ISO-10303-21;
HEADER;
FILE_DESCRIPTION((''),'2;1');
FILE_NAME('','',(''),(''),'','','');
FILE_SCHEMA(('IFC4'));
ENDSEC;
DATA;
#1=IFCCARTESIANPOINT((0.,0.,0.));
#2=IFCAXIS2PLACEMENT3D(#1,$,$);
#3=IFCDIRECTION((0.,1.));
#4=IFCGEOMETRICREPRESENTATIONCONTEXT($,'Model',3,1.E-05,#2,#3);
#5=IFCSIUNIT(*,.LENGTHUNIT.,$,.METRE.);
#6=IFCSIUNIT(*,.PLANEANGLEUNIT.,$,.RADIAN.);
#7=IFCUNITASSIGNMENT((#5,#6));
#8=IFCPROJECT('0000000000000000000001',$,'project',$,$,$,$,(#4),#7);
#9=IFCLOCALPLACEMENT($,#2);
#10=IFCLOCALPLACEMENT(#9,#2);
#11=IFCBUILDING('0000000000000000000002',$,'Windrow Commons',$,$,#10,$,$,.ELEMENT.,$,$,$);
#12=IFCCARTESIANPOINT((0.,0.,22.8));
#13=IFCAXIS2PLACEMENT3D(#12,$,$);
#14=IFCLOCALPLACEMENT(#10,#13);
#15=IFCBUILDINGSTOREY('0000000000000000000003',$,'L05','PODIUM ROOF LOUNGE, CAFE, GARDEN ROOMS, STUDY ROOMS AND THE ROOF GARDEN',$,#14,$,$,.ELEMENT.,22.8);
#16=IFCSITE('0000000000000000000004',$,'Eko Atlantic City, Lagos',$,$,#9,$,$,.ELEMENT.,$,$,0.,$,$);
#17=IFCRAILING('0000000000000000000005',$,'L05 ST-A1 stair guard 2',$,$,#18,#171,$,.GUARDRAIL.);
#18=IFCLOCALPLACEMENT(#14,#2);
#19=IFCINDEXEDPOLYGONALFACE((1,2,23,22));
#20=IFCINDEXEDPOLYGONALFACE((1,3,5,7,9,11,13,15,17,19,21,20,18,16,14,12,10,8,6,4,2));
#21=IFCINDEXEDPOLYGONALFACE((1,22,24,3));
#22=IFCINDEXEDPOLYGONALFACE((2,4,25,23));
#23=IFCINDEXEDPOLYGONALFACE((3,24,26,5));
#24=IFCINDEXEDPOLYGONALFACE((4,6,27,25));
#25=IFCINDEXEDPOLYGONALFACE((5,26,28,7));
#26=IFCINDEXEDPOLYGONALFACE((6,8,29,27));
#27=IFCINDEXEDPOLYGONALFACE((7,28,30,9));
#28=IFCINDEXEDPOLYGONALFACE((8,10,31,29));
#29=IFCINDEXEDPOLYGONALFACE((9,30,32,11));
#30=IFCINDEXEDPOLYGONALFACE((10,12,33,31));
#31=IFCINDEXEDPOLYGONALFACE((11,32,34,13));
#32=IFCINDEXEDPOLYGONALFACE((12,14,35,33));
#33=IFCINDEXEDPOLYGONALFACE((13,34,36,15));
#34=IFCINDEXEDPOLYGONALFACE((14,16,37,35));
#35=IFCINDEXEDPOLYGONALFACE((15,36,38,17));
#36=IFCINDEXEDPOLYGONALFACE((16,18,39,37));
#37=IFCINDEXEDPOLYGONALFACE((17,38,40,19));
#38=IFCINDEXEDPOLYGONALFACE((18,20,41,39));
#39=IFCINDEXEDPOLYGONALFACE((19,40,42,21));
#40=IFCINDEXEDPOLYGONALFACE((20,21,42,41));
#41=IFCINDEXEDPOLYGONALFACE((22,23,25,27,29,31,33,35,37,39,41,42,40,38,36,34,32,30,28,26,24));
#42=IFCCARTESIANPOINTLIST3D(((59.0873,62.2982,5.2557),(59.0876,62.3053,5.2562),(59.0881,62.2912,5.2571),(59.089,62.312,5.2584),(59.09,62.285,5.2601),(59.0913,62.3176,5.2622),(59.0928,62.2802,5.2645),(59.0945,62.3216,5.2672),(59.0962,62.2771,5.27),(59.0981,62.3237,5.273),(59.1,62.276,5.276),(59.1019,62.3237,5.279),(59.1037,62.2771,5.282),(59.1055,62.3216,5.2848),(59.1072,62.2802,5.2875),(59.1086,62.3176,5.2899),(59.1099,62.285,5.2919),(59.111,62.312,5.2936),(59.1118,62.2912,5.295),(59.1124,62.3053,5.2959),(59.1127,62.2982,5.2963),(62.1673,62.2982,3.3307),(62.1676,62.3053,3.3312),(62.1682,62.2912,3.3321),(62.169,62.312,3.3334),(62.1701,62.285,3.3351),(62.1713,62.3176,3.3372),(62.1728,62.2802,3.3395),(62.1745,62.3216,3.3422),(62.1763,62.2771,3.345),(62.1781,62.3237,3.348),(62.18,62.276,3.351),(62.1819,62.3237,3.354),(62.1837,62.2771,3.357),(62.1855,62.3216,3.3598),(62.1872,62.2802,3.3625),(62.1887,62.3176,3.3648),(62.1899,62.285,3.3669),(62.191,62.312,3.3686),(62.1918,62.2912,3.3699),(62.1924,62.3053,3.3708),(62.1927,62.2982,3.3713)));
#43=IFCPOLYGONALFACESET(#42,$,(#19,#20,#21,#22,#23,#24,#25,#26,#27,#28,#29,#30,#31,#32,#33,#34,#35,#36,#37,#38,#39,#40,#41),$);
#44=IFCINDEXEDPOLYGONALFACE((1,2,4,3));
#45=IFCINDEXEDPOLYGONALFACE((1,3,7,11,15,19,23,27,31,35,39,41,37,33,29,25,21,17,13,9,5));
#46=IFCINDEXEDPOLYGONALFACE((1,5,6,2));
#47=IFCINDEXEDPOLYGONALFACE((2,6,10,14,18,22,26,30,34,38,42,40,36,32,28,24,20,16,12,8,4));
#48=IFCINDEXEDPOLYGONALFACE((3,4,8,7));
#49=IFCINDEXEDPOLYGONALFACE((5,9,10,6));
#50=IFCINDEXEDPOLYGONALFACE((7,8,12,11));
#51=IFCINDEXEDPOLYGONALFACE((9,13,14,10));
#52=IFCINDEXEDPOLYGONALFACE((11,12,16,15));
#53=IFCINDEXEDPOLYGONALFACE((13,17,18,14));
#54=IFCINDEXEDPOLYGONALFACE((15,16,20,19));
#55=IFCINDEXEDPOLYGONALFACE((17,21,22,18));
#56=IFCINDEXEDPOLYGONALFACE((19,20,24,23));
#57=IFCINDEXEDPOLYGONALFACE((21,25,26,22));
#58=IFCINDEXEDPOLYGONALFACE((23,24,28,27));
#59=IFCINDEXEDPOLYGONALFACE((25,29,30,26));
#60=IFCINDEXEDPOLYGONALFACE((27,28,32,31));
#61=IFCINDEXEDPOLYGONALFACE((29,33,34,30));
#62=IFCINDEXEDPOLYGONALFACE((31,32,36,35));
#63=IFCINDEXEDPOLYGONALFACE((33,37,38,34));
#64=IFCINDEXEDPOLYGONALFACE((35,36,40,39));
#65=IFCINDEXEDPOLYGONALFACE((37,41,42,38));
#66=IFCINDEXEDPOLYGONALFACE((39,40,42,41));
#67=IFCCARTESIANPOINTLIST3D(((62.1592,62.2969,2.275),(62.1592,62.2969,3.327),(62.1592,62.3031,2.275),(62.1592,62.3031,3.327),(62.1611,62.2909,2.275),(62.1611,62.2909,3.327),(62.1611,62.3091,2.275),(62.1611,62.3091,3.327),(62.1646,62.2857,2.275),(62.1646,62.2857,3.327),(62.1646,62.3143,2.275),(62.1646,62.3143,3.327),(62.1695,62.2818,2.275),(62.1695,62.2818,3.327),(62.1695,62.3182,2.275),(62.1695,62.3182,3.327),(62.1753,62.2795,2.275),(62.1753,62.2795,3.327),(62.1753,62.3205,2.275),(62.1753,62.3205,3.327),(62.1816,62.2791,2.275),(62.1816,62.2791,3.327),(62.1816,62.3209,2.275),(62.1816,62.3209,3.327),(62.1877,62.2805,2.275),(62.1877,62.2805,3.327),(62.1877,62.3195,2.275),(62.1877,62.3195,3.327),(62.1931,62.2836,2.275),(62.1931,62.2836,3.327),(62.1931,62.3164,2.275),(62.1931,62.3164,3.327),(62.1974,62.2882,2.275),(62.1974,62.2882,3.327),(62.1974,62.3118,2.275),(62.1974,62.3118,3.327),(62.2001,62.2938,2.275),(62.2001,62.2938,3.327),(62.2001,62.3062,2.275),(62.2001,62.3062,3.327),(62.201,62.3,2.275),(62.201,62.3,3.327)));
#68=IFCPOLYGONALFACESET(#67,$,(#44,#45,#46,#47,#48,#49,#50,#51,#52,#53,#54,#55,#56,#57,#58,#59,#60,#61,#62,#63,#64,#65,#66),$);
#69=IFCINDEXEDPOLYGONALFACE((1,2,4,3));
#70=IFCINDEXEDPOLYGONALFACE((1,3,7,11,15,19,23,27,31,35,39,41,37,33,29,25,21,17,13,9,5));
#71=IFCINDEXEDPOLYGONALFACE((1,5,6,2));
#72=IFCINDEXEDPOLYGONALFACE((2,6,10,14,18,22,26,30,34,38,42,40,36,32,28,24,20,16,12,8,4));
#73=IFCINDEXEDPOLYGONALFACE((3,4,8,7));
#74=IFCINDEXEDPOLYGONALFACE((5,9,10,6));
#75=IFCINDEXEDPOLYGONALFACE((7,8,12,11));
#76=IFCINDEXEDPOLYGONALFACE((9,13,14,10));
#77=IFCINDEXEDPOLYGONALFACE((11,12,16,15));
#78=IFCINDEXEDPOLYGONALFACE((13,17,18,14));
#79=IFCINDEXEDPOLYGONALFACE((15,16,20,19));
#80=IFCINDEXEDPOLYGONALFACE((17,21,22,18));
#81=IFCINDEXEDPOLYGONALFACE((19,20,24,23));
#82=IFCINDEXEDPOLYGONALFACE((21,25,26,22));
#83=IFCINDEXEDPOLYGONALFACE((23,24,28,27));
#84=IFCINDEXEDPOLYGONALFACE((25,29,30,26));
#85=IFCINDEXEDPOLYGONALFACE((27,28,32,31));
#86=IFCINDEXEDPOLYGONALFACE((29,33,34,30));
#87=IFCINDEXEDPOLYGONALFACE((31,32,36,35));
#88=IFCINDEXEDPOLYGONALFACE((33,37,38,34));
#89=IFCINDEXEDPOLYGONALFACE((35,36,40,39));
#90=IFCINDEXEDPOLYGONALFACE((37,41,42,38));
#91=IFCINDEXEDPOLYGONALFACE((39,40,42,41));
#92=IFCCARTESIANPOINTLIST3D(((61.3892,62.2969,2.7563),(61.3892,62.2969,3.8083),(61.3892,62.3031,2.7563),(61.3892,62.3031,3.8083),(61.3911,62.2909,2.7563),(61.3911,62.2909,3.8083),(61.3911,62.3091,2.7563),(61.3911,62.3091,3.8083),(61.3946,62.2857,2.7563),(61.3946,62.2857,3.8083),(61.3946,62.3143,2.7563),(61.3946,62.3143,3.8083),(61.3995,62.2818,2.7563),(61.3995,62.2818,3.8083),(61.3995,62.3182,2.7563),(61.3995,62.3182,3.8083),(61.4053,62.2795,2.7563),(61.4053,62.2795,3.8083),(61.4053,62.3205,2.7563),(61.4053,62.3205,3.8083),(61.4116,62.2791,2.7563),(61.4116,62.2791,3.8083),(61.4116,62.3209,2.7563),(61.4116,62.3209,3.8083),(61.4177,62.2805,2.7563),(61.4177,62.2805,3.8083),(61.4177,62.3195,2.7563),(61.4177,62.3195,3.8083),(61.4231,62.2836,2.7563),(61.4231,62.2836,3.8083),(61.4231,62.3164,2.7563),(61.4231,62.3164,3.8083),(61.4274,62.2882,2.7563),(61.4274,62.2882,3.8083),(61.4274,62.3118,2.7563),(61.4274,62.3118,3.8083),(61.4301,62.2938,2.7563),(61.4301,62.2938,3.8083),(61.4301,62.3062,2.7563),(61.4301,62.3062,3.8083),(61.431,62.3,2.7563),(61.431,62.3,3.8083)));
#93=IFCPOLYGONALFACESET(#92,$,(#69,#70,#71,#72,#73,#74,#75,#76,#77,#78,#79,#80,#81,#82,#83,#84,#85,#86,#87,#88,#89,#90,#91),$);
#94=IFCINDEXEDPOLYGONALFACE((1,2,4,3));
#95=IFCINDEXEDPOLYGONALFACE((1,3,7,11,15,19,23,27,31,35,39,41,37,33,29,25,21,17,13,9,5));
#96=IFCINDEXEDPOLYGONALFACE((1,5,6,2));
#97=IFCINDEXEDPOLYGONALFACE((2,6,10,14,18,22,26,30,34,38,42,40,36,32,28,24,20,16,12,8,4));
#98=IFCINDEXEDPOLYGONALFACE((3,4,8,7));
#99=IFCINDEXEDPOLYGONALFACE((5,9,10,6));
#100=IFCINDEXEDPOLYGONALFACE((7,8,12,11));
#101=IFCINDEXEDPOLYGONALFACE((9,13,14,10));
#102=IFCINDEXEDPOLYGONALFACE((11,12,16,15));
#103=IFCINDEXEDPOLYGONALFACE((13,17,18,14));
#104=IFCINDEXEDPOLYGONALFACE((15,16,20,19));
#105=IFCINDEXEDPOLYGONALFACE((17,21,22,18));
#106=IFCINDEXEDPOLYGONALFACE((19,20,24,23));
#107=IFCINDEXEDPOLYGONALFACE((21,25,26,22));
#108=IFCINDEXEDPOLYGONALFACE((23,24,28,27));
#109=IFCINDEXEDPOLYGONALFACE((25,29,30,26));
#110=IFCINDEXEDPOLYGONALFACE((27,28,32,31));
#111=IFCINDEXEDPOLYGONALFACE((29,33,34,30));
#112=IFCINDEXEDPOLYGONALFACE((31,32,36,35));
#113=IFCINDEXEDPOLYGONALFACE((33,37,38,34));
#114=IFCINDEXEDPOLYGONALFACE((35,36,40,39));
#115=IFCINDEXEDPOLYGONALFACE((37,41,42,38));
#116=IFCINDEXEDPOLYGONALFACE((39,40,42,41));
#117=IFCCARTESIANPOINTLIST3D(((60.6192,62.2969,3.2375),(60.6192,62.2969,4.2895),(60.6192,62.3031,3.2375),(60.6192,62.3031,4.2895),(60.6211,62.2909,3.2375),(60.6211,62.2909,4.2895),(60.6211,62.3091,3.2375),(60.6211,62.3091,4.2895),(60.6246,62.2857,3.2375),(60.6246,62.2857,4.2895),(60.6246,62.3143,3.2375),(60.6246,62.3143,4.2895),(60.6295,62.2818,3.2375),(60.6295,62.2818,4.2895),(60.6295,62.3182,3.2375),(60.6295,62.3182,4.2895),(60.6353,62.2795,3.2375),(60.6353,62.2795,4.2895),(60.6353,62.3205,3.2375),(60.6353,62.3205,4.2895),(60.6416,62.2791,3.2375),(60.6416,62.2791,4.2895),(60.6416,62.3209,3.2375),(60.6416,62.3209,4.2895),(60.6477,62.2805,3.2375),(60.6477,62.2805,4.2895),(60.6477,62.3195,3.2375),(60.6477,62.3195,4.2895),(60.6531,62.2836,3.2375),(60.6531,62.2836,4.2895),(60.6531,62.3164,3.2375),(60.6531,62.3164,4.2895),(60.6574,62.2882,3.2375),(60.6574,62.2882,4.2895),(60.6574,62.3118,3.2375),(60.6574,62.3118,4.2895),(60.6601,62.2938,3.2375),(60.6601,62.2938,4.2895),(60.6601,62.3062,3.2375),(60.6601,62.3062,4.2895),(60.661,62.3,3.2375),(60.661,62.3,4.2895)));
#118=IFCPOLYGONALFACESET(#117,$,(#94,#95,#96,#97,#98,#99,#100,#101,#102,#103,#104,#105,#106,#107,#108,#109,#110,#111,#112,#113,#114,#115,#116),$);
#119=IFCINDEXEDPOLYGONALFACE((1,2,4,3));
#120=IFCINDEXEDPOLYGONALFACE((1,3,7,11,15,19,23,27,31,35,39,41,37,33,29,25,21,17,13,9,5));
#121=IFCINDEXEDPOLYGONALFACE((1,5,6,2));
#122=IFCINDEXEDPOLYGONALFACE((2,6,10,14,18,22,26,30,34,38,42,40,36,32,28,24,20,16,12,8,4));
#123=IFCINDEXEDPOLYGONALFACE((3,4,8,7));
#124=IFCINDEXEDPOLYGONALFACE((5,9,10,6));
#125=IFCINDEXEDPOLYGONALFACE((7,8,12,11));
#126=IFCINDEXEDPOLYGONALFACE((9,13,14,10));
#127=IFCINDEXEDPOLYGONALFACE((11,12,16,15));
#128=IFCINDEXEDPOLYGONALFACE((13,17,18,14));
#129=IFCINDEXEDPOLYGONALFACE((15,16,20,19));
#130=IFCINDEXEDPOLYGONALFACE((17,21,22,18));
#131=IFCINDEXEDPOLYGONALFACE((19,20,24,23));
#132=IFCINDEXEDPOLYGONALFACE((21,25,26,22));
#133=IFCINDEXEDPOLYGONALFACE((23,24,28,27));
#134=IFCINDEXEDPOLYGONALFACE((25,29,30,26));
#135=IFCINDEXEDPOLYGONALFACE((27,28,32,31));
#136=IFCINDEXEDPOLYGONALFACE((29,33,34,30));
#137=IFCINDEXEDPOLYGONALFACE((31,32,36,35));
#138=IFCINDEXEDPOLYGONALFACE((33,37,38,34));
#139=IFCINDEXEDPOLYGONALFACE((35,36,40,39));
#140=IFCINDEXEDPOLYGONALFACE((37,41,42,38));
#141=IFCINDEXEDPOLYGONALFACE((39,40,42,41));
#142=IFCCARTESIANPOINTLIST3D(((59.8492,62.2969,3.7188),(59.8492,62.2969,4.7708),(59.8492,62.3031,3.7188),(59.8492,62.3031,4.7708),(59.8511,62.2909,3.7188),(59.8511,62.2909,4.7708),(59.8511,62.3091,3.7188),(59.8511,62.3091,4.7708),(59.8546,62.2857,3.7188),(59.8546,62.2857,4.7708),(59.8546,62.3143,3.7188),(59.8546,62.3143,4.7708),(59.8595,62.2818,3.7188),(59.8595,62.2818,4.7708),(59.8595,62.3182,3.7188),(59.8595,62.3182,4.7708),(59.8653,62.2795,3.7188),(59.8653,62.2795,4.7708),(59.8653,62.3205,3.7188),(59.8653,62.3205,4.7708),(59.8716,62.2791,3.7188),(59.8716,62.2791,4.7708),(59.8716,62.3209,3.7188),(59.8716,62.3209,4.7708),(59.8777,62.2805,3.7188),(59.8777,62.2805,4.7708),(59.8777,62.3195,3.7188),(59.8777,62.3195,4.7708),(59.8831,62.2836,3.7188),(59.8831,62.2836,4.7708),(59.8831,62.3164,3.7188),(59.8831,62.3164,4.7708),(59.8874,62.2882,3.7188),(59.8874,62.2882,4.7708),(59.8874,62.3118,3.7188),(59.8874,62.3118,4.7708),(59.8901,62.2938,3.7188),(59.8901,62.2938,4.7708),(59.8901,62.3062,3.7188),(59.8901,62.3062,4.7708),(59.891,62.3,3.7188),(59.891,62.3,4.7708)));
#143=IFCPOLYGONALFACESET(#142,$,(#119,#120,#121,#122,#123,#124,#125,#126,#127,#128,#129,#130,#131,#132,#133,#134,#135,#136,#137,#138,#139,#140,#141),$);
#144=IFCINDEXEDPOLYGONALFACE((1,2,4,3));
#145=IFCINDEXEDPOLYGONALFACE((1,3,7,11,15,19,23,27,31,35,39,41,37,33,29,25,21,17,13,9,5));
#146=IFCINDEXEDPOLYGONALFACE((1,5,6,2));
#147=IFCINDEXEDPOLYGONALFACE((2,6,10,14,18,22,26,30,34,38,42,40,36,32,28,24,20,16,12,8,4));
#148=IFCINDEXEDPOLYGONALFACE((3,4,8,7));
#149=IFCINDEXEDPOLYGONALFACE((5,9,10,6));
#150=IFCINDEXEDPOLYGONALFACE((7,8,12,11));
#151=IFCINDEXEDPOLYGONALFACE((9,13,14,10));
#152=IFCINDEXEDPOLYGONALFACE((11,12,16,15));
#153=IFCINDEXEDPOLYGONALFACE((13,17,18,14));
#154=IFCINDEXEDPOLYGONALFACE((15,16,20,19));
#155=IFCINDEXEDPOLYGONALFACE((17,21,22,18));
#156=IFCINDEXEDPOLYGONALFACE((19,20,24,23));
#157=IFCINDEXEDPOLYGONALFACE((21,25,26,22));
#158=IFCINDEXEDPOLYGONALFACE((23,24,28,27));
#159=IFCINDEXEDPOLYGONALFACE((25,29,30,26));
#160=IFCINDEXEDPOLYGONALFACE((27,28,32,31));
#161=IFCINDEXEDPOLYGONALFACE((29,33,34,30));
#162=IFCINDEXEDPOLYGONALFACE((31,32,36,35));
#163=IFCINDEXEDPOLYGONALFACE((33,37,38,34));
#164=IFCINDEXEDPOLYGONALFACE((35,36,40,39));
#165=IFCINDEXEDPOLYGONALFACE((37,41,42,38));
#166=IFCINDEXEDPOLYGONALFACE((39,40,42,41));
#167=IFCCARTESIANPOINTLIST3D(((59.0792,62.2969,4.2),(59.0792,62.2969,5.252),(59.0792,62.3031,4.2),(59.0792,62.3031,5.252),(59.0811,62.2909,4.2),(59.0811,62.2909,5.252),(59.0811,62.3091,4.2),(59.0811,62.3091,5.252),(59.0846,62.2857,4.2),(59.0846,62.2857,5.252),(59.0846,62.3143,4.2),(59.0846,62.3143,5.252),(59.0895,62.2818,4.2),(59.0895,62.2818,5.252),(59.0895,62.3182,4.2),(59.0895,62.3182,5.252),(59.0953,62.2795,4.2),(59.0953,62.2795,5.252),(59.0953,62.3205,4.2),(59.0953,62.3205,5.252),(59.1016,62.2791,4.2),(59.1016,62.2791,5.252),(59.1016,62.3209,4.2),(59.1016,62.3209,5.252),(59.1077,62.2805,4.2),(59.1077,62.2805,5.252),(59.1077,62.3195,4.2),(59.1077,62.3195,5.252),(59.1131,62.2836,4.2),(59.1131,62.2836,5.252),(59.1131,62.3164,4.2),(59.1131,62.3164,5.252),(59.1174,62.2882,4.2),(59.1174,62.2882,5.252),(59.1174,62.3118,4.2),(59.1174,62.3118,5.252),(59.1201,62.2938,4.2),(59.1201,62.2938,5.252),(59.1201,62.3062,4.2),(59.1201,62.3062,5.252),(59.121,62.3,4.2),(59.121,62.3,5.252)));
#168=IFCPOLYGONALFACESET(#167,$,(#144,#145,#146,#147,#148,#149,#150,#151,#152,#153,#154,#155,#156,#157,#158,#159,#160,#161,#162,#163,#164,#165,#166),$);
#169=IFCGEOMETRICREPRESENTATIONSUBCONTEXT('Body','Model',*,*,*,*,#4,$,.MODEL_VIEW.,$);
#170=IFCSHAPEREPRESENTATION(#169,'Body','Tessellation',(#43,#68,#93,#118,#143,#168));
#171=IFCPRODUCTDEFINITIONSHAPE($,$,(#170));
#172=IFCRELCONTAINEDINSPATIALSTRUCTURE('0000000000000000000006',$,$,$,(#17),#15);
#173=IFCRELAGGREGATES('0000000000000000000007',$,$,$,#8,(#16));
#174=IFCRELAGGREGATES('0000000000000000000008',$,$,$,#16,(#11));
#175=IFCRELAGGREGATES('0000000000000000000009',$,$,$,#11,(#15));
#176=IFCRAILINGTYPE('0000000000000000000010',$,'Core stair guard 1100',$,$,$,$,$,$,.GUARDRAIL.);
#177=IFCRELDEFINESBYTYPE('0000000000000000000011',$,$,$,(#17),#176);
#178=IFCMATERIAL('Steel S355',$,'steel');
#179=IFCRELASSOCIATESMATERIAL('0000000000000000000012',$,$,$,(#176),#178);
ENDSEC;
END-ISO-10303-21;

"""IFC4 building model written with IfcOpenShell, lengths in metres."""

from ifc_helpers import new_model, si_unit, direction, frame, origin, origin_2d, place, context, subcontext, project, spatial, circle, extrude, material, type_object, element, save


model = new_model("IFC4")

# Units and contexts
model_context = context("Model", 3, precision=1e-05, world=origin(), true_north=direction((0.0, 1.0)))
body_context = subcontext(model_context, "Body", "Model", "MODEL_VIEW")
ifc_project = project(units=[si_unit("LENGTHUNIT", "METRE"), si_unit("PLANEANGLEUNIT", "RADIAN")], contexts=[model_context])

# Site, building, storey
site_placement = place(None, origin())
site = spatial("IfcSite", under=ifc_project, at=site_placement, Name="Eko Atlantic City, Lagos", CompositionType="ELEMENT", RefElevation=0.0)
building_placement = place(site_placement, origin())
building = spatial("IfcBuilding", under=site, at=building_placement, Name="Windrow Commons", CompositionType="ELEMENT")
storey_placement = place(building_placement, frame((0.0, 0.0, 22.8)))
storey = spatial("IfcBuildingStorey", under=building, at=storey_placement, Name="L05", Description="PODIUM ROOF LOUNGE, CAFE, GARDEN ROOMS, STUDY ROOMS AND THE ROOF GARDEN", CompositionType="ELEMENT", Elevation=22.8)

# Railing
ifc_material_1 = material(Name="Steel S355", Category="steel")
railing_type_1 = type_object("IfcRailingType", Name="Core stair guard 1100", PredefinedType="GUARDRAIL", material=ifc_material_1)
railing_1_placement = place(storey_placement, frame((62.18, 62.3, 2.275)))
element("IfcRailing", 1, at=railing_1_placement, inside=storey, type_object=railing_type_1, Name="L05 ST-A1 stair guard 2", PredefinedType="GUARDRAIL", context=body_context, shape_type="SweptSolid", body=[
    extrude(circle(Radius=0.024, at=origin_2d()), frame((0.0, 0.0, 1.076), z_axis=(-0.847998, 0.0, 0.529999), x_axis=(0.0, -1.0, 0.0)), (0.0, 0.0, 1.0), 3.6321),
    extrude(circle(Radius=0.021, at=origin_2d()), origin(), (0.0, 0.0, 1.0), 1.052),
    extrude(circle(Radius=0.021, at=origin_2d()), frame((-0.77, 0.0, 0.4813)), (0.0, 0.0, 1.0), 1.052),
    extrude(circle(Radius=0.021, at=origin_2d()), frame((-1.54, 0.0, 0.9625)), (0.0, 0.0, 1.0), 1.052),
    extrude(circle(Radius=0.021, at=origin_2d()), frame((-2.31, 0.0, 1.4438)), (0.0, 0.0, 1.0), 1.052),
    extrude(circle(Radius=0.021, at=origin_2d()), frame((-3.08, 0.0, 1.925)), (0.0, 0.0, 1.0), 1.052),
])

save(model, "model.ifc")
